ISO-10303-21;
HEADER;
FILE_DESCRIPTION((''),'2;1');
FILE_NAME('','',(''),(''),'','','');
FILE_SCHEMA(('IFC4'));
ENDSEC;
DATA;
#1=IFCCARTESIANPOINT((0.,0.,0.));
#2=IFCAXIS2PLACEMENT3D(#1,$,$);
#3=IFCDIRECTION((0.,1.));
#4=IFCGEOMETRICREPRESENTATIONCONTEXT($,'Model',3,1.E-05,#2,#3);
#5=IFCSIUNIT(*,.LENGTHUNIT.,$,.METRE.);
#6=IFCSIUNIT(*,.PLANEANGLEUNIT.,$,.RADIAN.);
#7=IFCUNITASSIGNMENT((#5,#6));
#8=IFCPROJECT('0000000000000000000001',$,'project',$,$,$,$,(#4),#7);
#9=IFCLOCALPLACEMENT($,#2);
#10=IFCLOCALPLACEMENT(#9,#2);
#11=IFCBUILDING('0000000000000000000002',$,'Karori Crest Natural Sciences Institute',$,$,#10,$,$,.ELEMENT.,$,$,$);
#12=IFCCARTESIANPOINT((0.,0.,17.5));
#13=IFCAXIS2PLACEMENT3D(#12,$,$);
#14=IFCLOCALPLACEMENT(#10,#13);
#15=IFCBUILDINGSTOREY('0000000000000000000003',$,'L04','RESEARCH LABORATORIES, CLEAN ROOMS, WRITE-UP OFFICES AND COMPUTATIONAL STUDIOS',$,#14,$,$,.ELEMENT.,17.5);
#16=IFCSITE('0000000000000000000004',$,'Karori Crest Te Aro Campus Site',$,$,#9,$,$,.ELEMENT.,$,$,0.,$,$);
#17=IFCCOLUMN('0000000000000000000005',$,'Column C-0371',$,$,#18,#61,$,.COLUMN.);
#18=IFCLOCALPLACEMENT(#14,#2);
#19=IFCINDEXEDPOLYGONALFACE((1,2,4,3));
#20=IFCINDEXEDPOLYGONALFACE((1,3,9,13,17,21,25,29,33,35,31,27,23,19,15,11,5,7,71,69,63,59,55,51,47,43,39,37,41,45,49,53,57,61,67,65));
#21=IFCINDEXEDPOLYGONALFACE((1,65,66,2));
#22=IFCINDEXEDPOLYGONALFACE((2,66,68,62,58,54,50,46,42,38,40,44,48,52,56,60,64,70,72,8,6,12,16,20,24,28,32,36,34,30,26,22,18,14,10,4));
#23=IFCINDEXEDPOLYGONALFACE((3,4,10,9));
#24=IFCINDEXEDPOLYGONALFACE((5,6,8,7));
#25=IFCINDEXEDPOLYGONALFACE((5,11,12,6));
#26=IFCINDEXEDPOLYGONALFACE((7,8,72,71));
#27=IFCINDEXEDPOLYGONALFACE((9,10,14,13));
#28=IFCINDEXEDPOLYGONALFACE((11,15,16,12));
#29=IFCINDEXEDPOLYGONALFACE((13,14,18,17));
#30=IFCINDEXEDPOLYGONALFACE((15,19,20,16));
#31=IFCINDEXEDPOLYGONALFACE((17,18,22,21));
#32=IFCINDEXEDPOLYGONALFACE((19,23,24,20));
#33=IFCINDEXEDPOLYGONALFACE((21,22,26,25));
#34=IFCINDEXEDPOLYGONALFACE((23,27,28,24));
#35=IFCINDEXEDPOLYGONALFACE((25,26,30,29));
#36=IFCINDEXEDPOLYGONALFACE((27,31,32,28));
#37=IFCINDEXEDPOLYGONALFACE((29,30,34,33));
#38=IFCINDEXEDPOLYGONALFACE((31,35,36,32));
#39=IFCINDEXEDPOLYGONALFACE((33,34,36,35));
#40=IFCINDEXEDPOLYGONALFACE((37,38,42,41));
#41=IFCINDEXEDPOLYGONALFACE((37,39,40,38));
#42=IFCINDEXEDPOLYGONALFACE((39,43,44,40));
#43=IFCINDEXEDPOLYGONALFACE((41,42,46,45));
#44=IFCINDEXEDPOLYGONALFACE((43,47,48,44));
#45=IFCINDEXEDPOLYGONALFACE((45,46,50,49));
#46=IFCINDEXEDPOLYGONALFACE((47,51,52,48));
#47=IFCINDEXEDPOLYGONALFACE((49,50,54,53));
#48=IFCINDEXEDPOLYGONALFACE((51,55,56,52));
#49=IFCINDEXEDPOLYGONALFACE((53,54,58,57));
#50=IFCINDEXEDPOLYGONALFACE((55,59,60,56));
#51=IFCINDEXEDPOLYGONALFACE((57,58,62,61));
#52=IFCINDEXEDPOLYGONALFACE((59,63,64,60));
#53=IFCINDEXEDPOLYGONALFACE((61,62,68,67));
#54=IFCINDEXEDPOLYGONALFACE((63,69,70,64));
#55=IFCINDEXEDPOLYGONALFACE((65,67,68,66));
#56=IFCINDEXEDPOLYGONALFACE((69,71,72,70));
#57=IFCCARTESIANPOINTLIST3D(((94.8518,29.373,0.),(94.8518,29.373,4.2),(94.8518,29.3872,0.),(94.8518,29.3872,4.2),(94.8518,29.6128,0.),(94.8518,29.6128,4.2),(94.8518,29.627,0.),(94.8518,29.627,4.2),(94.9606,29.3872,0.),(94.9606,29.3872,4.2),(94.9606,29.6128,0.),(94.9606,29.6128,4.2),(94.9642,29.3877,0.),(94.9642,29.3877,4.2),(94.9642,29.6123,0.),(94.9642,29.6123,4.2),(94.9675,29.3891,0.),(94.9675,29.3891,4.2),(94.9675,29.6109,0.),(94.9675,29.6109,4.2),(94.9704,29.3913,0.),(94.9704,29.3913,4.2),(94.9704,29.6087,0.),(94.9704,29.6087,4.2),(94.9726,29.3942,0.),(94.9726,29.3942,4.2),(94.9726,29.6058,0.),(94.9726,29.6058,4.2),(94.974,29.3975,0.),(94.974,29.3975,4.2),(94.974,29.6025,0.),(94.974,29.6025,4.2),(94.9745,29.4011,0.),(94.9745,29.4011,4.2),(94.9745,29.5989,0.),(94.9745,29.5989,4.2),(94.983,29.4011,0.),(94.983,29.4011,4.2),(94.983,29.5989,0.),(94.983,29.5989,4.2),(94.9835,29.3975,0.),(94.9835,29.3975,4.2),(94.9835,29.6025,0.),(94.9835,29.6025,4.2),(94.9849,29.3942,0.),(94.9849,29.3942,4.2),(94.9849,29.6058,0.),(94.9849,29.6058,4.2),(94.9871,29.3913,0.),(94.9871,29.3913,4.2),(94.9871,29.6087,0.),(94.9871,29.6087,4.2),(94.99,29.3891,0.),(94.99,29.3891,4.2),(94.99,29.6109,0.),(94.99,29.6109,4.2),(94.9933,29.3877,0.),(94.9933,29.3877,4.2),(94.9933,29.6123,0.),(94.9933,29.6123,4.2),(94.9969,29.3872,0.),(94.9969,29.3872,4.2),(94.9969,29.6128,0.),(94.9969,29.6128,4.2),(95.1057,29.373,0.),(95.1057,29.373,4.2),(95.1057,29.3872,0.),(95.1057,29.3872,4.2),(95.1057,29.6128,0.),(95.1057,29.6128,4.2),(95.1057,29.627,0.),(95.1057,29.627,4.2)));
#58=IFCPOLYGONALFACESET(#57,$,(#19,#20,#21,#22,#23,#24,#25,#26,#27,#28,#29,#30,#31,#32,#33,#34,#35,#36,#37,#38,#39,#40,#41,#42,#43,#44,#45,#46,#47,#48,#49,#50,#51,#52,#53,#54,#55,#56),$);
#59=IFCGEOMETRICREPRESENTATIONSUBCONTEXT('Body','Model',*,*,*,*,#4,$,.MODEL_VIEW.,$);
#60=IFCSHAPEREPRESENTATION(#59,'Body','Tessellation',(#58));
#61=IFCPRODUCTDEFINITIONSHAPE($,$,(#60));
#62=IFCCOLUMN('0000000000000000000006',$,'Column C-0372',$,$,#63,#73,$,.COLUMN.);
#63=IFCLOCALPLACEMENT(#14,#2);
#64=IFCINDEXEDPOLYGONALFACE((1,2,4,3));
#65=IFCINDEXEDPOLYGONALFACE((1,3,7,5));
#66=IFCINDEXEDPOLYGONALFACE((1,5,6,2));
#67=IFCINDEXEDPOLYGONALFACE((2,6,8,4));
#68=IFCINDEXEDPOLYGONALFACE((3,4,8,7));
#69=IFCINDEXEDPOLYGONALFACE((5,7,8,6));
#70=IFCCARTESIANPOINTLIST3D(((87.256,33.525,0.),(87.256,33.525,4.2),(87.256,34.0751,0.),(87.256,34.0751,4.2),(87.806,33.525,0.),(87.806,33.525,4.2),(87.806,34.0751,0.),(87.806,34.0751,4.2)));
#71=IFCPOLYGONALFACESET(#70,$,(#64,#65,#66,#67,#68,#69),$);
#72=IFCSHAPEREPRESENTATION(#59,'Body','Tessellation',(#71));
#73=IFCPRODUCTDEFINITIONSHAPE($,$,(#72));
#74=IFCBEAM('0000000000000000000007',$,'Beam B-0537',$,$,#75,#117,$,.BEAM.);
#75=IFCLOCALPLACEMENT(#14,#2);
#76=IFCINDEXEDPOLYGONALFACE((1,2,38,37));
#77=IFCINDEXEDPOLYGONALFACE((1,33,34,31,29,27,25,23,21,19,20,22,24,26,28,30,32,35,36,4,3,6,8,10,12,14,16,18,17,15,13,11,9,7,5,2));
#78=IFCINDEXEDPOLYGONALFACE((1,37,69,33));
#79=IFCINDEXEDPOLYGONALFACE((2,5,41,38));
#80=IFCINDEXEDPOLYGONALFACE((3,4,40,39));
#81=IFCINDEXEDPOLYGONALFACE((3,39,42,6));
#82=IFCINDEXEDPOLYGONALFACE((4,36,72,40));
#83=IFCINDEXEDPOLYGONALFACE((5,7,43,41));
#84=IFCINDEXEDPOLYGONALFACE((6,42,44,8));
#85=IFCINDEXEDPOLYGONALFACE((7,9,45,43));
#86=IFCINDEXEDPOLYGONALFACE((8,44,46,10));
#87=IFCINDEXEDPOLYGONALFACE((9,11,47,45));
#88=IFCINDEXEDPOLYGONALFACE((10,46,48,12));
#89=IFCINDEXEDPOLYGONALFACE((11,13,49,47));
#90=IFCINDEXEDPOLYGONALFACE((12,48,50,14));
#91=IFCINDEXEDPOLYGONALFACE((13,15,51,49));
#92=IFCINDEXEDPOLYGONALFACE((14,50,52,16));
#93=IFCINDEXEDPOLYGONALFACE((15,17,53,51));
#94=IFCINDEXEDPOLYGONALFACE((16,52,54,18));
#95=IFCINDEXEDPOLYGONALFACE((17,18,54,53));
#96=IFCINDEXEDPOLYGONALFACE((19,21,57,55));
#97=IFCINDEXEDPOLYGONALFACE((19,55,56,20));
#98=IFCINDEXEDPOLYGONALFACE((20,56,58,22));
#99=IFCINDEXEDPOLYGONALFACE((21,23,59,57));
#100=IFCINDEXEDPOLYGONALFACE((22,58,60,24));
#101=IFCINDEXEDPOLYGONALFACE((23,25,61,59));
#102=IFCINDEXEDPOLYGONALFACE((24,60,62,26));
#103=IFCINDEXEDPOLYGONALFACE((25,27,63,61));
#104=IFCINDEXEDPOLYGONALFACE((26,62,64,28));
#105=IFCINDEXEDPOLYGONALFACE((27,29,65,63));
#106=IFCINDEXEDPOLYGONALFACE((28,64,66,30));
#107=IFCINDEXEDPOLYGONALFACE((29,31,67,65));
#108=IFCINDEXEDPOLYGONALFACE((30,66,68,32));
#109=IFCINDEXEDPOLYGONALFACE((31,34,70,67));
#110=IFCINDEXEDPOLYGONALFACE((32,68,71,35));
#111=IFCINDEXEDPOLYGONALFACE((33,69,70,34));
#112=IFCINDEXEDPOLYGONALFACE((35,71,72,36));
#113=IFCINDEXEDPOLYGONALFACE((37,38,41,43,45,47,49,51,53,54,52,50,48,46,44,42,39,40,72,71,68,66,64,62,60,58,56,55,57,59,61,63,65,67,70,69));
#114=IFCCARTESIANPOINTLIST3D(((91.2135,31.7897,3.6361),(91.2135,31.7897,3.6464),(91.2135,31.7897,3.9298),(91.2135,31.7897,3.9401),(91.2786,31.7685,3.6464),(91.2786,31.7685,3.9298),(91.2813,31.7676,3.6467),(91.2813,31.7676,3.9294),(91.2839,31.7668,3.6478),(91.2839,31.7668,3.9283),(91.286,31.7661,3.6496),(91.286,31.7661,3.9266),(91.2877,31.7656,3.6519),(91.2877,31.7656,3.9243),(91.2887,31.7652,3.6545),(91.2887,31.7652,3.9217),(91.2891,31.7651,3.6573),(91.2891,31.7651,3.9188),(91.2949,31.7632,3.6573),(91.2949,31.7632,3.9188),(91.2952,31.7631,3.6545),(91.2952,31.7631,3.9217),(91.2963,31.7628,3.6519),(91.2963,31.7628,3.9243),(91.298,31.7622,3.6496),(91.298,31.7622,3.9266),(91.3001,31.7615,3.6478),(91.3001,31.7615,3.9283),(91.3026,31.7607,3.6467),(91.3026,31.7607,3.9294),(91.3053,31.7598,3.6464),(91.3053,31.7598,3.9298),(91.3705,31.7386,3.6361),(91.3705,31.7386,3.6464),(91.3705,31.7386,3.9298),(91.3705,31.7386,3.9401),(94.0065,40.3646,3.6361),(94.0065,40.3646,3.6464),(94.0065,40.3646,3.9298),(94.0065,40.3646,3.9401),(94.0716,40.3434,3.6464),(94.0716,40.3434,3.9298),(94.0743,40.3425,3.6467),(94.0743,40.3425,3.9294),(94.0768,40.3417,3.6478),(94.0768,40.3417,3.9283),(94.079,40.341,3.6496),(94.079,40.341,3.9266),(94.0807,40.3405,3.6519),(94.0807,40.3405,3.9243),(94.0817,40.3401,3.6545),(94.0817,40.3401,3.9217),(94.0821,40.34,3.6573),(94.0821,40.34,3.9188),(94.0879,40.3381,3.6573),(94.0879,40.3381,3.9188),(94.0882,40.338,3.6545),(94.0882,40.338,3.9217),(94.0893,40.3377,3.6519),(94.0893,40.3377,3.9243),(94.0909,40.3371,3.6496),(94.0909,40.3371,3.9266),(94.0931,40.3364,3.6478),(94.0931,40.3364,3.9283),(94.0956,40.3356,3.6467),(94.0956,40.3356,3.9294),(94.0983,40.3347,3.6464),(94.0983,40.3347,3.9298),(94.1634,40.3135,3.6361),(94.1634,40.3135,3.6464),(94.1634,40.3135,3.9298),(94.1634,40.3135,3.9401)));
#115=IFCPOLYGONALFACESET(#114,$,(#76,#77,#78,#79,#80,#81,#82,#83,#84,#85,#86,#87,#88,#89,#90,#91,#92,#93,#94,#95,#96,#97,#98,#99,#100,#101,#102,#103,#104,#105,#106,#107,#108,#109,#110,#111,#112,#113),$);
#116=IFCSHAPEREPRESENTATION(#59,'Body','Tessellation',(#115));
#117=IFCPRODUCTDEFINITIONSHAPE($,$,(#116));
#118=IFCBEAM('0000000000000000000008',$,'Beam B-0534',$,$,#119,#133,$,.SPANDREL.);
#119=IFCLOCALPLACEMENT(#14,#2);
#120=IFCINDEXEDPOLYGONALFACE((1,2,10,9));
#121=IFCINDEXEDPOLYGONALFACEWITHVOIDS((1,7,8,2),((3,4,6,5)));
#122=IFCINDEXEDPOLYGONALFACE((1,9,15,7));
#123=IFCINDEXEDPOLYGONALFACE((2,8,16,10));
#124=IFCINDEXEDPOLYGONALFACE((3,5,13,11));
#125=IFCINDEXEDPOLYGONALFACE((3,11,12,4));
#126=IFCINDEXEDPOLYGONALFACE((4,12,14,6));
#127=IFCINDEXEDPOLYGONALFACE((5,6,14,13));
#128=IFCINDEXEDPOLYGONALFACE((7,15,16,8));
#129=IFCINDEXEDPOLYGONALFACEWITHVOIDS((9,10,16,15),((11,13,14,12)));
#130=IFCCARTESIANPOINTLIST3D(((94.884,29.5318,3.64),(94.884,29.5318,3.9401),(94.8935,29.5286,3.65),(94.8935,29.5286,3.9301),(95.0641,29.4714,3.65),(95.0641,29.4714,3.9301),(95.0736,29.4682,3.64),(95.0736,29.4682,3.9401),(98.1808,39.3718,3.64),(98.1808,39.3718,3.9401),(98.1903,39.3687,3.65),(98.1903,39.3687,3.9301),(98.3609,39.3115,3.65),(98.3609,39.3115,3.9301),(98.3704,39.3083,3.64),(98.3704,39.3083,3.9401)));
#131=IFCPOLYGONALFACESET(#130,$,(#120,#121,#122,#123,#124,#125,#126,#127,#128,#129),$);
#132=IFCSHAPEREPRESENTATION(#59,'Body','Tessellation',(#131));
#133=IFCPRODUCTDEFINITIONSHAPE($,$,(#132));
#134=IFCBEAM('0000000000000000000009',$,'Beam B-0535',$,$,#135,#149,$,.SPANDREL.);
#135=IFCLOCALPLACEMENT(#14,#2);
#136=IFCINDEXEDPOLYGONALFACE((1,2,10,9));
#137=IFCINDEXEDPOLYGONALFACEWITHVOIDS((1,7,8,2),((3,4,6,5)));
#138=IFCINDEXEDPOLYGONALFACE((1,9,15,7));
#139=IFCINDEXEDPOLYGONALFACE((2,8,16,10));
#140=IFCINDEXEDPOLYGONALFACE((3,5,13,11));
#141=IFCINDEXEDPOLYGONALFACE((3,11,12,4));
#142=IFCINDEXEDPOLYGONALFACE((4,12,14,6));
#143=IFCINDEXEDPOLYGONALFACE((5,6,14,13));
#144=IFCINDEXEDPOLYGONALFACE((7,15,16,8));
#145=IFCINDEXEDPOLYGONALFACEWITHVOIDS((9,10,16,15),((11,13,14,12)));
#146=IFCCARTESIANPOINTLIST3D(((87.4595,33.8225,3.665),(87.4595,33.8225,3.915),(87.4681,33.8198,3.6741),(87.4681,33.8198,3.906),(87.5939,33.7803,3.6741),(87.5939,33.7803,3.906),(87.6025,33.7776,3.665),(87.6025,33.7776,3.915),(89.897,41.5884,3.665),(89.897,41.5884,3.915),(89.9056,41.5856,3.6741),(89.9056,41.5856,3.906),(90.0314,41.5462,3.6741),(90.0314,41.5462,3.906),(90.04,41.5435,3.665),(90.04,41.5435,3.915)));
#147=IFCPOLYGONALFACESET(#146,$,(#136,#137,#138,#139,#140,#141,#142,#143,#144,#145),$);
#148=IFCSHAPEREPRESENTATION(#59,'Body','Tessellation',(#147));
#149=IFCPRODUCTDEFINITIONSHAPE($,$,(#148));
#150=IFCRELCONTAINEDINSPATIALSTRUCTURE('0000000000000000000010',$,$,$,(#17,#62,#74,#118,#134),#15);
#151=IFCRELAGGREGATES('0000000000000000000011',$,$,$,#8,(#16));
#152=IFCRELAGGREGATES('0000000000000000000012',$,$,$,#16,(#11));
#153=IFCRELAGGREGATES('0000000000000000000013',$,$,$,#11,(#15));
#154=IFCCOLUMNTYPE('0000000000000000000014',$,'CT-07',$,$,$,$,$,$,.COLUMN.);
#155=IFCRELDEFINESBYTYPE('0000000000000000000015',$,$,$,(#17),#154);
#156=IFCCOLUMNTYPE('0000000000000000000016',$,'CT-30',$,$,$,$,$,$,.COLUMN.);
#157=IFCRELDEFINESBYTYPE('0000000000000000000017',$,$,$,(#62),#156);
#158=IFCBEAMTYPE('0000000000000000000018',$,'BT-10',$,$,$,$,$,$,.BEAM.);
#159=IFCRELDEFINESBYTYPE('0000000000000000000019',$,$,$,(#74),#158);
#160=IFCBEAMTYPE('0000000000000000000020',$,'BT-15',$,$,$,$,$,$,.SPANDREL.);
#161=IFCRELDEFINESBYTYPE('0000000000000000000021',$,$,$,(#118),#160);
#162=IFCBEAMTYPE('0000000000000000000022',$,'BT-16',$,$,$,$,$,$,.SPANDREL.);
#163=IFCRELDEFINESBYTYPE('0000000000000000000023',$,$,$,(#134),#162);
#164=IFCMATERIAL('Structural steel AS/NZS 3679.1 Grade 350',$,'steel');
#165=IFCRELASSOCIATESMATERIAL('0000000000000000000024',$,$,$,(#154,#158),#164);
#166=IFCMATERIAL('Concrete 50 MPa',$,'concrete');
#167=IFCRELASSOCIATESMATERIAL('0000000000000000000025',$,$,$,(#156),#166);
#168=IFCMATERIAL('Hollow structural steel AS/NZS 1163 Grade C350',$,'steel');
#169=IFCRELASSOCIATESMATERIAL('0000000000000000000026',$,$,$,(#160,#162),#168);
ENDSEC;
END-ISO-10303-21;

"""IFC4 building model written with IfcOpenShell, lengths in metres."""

from ifc_helpers import new_model, si_unit, direction, frame, origin, origin_2d, place, context, subcontext, project, spatial, rectangle, hollow_rectangle, i_section, extrude, material, material_profile, profile_set, type_object, element, save


model = new_model("IFC4")

# Units and contexts
model_context = context("Model", 3, precision=1e-05, world=origin(), true_north=direction((0.0, 1.0)))
body_context = subcontext(model_context, "Body", "Model", "MODEL_VIEW")
ifc_project = project(units=[si_unit("LENGTHUNIT", "METRE"), si_unit("PLANEANGLEUNIT", "RADIAN")], contexts=[model_context])

# Site, building, storey
site_placement = place(None, origin())
site = spatial("IfcSite", under=ifc_project, at=site_placement, Name="Karori Crest Te Aro Campus Site", CompositionType="ELEMENT", RefElevation=0.0)
building_placement = place(site_placement, origin())
building = spatial("IfcBuilding", under=site, at=building_placement, Name="Karori Crest Natural Sciences Institute", CompositionType="ELEMENT")
storey_placement = place(building_placement, frame((0.0, 0.0, 17.5)))
storey = spatial("IfcBuildingStorey", under=building, at=storey_placement, Name="L04", Description="RESEARCH LABORATORIES, CLEAN ROOMS, WRITE-UP OFFICES AND COMPUTATIONAL STUDIOS", CompositionType="ELEMENT", Elevation=17.5)

# Columns
ifc_material_1 = material(Name="Structural steel AS/NZS 3679.1 Grade 350", Category="steel")
ifc_material_profile_1 = material_profile(ifc_material_1, i_section(OverallWidth=0.2539, OverallDepth=0.2539, WebThickness=0.0085, FlangeThickness=0.0142, FilletRadius=0.0139, at=origin_2d()), Name="250UC72.9")
ifc_profile_set_1 = profile_set([ifc_material_profile_1], Name="Structural steel AS/NZS 3679.1 Grade 350")
column_type_1 = type_object("IfcColumnType", Name="CT-07", PredefinedType="COLUMN", material=ifc_profile_set_1)
column_1_placement = place(storey_placement, frame((94.9788, 29.5, 0.0), z_axis=(0.0, 0.0, 1.0), x_axis=(1.0, 0.0, 0.0)))
element("IfcColumn", 1, at=column_1_placement, inside=storey, type_object=column_type_1, Name="Column C-0371", PredefinedType="COLUMN", context=body_context, shape_type="SweptSolid", body=[
    extrude(i_section(OverallWidth=0.2539, OverallDepth=0.2539, WebThickness=0.0085, FlangeThickness=0.0142, FilletRadius=0.0139, at=origin_2d()), origin(), (0.0, 0.0, 1.0), 4.2),
])
ifc_material_2 = material(Name="Concrete 50 MPa", Category="concrete")
ifc_material_profile_2 = material_profile(ifc_material_2, rectangle(XDim=0.55, YDim=0.55, at=origin_2d()), Name="RC550x550")
ifc_profile_set_2 = profile_set([ifc_material_profile_2], Name="Concrete 50 MPa")
column_type_2 = type_object("IfcColumnType", Name="CT-30", PredefinedType="COLUMN", material=ifc_profile_set_2)
column_2_placement = place(storey_placement, frame((87.531, 33.8, 0.0), z_axis=(0.0, 0.0, 1.0), x_axis=(1.0, 0.0, 0.0)))
element("IfcColumn", 2, at=column_2_placement, inside=storey, type_object=column_type_2, Name="Column C-0372", PredefinedType="COLUMN", context=body_context, shape_type="SweptSolid", body=[
    extrude(rectangle(XDim=0.55, YDim=0.55, at=origin_2d()), origin(), (0.0, 0.0, 1.0), 4.2),
])

# Beams
ifc_material_profile_3 = material_profile(ifc_material_1, i_section(OverallWidth=0.165, OverallDepth=0.304, WebThickness=0.0061, FlangeThickness=0.0103, FilletRadius=0.011, at=origin_2d()), Name="310UB40.4")
ifc_profile_set_3 = profile_set([ifc_material_profile_3], Name="Structural steel AS/NZS 3679.1 Grade 350")
beam_type_1 = type_object("IfcBeamType", Name="BT-10", PredefinedType="BEAM", material=ifc_profile_set_3)
beam_1_placement = place(storey_placement, frame((91.292, 31.7642, 3.7881), z_axis=(0.309699, 0.950835, 0.0), x_axis=(-0.950835, 0.309699, 0.0)))
element("IfcBeam", 3, at=beam_1_placement, inside=storey, type_object=beam_type_1, Name="Beam B-0537", PredefinedType="BEAM", context=body_context, shape_type="SweptSolid", body=[
    extrude(i_section(OverallWidth=0.165, OverallDepth=0.304, WebThickness=0.0061, FlangeThickness=0.0103, FilletRadius=0.011, at=origin_2d()), origin(), (0.0, 0.0, 1.0), 9.0183),
])
ifc_material_3 = material(Name="Hollow structural steel AS/NZS 1163 Grade C350", Category="steel")
ifc_material_profile_4 = material_profile(ifc_material_3, hollow_rectangle(XDim=0.2, YDim=0.3, WallThickness=0.01, at=origin_2d()), Name="RHS300x200x10")
ifc_profile_set_4 = profile_set([ifc_material_profile_4], Name="Hollow structural steel AS/NZS 1163 Grade C350")
beam_type_2 = type_object("IfcBeamType", Name="BT-15", PredefinedType="SPANDREL", material=ifc_profile_set_4)
beam_2_placement = place(storey_placement, frame((94.9788, 29.5, 3.79), z_axis=(0.317688, 0.948195, 0.0), x_axis=(-0.948195, 0.317688, 0.0)))
element("IfcBeam", 4, at=beam_2_placement, inside=storey, type_object=beam_type_2, Name="Beam B-0534", PredefinedType="SPANDREL", context=body_context, shape_type="SweptSolid", body=[
    extrude(hollow_rectangle(XDim=0.2, YDim=0.3, WallThickness=0.01, at=origin_2d()), origin(), (0.0, 0.0, 1.0), 10.3777),
])
ifc_material_profile_5 = material_profile(ifc_material_3, hollow_rectangle(XDim=0.1499, YDim=0.25, WallThickness=0.009, at=origin_2d()), Name="RHS250x150x9")
ifc_profile_set_5 = profile_set([ifc_material_profile_5], Name="Hollow structural steel AS/NZS 1163 Grade C350")
beam_type_3 = type_object("IfcBeamType", Name="BT-16", PredefinedType="SPANDREL", material=ifc_profile_set_5)
beam_3_placement = place(storey_placement, frame((87.531, 33.8, 3.79), z_axis=(0.299469, 0.954106, 0.0), x_axis=(-0.954106, 0.299469, 0.0)))
element("IfcBeam", 5, at=beam_3_placement, inside=storey, type_object=beam_type_3, Name="Beam B-0535", PredefinedType="SPANDREL", context=body_context, shape_type="SweptSolid", body=[
    extrude(hollow_rectangle(XDim=0.1499, YDim=0.25, WallThickness=0.009, at=origin_2d()), origin(), (0.0, 0.0, 1.0), 8.1394),
])

save(model, "model.ifc")
